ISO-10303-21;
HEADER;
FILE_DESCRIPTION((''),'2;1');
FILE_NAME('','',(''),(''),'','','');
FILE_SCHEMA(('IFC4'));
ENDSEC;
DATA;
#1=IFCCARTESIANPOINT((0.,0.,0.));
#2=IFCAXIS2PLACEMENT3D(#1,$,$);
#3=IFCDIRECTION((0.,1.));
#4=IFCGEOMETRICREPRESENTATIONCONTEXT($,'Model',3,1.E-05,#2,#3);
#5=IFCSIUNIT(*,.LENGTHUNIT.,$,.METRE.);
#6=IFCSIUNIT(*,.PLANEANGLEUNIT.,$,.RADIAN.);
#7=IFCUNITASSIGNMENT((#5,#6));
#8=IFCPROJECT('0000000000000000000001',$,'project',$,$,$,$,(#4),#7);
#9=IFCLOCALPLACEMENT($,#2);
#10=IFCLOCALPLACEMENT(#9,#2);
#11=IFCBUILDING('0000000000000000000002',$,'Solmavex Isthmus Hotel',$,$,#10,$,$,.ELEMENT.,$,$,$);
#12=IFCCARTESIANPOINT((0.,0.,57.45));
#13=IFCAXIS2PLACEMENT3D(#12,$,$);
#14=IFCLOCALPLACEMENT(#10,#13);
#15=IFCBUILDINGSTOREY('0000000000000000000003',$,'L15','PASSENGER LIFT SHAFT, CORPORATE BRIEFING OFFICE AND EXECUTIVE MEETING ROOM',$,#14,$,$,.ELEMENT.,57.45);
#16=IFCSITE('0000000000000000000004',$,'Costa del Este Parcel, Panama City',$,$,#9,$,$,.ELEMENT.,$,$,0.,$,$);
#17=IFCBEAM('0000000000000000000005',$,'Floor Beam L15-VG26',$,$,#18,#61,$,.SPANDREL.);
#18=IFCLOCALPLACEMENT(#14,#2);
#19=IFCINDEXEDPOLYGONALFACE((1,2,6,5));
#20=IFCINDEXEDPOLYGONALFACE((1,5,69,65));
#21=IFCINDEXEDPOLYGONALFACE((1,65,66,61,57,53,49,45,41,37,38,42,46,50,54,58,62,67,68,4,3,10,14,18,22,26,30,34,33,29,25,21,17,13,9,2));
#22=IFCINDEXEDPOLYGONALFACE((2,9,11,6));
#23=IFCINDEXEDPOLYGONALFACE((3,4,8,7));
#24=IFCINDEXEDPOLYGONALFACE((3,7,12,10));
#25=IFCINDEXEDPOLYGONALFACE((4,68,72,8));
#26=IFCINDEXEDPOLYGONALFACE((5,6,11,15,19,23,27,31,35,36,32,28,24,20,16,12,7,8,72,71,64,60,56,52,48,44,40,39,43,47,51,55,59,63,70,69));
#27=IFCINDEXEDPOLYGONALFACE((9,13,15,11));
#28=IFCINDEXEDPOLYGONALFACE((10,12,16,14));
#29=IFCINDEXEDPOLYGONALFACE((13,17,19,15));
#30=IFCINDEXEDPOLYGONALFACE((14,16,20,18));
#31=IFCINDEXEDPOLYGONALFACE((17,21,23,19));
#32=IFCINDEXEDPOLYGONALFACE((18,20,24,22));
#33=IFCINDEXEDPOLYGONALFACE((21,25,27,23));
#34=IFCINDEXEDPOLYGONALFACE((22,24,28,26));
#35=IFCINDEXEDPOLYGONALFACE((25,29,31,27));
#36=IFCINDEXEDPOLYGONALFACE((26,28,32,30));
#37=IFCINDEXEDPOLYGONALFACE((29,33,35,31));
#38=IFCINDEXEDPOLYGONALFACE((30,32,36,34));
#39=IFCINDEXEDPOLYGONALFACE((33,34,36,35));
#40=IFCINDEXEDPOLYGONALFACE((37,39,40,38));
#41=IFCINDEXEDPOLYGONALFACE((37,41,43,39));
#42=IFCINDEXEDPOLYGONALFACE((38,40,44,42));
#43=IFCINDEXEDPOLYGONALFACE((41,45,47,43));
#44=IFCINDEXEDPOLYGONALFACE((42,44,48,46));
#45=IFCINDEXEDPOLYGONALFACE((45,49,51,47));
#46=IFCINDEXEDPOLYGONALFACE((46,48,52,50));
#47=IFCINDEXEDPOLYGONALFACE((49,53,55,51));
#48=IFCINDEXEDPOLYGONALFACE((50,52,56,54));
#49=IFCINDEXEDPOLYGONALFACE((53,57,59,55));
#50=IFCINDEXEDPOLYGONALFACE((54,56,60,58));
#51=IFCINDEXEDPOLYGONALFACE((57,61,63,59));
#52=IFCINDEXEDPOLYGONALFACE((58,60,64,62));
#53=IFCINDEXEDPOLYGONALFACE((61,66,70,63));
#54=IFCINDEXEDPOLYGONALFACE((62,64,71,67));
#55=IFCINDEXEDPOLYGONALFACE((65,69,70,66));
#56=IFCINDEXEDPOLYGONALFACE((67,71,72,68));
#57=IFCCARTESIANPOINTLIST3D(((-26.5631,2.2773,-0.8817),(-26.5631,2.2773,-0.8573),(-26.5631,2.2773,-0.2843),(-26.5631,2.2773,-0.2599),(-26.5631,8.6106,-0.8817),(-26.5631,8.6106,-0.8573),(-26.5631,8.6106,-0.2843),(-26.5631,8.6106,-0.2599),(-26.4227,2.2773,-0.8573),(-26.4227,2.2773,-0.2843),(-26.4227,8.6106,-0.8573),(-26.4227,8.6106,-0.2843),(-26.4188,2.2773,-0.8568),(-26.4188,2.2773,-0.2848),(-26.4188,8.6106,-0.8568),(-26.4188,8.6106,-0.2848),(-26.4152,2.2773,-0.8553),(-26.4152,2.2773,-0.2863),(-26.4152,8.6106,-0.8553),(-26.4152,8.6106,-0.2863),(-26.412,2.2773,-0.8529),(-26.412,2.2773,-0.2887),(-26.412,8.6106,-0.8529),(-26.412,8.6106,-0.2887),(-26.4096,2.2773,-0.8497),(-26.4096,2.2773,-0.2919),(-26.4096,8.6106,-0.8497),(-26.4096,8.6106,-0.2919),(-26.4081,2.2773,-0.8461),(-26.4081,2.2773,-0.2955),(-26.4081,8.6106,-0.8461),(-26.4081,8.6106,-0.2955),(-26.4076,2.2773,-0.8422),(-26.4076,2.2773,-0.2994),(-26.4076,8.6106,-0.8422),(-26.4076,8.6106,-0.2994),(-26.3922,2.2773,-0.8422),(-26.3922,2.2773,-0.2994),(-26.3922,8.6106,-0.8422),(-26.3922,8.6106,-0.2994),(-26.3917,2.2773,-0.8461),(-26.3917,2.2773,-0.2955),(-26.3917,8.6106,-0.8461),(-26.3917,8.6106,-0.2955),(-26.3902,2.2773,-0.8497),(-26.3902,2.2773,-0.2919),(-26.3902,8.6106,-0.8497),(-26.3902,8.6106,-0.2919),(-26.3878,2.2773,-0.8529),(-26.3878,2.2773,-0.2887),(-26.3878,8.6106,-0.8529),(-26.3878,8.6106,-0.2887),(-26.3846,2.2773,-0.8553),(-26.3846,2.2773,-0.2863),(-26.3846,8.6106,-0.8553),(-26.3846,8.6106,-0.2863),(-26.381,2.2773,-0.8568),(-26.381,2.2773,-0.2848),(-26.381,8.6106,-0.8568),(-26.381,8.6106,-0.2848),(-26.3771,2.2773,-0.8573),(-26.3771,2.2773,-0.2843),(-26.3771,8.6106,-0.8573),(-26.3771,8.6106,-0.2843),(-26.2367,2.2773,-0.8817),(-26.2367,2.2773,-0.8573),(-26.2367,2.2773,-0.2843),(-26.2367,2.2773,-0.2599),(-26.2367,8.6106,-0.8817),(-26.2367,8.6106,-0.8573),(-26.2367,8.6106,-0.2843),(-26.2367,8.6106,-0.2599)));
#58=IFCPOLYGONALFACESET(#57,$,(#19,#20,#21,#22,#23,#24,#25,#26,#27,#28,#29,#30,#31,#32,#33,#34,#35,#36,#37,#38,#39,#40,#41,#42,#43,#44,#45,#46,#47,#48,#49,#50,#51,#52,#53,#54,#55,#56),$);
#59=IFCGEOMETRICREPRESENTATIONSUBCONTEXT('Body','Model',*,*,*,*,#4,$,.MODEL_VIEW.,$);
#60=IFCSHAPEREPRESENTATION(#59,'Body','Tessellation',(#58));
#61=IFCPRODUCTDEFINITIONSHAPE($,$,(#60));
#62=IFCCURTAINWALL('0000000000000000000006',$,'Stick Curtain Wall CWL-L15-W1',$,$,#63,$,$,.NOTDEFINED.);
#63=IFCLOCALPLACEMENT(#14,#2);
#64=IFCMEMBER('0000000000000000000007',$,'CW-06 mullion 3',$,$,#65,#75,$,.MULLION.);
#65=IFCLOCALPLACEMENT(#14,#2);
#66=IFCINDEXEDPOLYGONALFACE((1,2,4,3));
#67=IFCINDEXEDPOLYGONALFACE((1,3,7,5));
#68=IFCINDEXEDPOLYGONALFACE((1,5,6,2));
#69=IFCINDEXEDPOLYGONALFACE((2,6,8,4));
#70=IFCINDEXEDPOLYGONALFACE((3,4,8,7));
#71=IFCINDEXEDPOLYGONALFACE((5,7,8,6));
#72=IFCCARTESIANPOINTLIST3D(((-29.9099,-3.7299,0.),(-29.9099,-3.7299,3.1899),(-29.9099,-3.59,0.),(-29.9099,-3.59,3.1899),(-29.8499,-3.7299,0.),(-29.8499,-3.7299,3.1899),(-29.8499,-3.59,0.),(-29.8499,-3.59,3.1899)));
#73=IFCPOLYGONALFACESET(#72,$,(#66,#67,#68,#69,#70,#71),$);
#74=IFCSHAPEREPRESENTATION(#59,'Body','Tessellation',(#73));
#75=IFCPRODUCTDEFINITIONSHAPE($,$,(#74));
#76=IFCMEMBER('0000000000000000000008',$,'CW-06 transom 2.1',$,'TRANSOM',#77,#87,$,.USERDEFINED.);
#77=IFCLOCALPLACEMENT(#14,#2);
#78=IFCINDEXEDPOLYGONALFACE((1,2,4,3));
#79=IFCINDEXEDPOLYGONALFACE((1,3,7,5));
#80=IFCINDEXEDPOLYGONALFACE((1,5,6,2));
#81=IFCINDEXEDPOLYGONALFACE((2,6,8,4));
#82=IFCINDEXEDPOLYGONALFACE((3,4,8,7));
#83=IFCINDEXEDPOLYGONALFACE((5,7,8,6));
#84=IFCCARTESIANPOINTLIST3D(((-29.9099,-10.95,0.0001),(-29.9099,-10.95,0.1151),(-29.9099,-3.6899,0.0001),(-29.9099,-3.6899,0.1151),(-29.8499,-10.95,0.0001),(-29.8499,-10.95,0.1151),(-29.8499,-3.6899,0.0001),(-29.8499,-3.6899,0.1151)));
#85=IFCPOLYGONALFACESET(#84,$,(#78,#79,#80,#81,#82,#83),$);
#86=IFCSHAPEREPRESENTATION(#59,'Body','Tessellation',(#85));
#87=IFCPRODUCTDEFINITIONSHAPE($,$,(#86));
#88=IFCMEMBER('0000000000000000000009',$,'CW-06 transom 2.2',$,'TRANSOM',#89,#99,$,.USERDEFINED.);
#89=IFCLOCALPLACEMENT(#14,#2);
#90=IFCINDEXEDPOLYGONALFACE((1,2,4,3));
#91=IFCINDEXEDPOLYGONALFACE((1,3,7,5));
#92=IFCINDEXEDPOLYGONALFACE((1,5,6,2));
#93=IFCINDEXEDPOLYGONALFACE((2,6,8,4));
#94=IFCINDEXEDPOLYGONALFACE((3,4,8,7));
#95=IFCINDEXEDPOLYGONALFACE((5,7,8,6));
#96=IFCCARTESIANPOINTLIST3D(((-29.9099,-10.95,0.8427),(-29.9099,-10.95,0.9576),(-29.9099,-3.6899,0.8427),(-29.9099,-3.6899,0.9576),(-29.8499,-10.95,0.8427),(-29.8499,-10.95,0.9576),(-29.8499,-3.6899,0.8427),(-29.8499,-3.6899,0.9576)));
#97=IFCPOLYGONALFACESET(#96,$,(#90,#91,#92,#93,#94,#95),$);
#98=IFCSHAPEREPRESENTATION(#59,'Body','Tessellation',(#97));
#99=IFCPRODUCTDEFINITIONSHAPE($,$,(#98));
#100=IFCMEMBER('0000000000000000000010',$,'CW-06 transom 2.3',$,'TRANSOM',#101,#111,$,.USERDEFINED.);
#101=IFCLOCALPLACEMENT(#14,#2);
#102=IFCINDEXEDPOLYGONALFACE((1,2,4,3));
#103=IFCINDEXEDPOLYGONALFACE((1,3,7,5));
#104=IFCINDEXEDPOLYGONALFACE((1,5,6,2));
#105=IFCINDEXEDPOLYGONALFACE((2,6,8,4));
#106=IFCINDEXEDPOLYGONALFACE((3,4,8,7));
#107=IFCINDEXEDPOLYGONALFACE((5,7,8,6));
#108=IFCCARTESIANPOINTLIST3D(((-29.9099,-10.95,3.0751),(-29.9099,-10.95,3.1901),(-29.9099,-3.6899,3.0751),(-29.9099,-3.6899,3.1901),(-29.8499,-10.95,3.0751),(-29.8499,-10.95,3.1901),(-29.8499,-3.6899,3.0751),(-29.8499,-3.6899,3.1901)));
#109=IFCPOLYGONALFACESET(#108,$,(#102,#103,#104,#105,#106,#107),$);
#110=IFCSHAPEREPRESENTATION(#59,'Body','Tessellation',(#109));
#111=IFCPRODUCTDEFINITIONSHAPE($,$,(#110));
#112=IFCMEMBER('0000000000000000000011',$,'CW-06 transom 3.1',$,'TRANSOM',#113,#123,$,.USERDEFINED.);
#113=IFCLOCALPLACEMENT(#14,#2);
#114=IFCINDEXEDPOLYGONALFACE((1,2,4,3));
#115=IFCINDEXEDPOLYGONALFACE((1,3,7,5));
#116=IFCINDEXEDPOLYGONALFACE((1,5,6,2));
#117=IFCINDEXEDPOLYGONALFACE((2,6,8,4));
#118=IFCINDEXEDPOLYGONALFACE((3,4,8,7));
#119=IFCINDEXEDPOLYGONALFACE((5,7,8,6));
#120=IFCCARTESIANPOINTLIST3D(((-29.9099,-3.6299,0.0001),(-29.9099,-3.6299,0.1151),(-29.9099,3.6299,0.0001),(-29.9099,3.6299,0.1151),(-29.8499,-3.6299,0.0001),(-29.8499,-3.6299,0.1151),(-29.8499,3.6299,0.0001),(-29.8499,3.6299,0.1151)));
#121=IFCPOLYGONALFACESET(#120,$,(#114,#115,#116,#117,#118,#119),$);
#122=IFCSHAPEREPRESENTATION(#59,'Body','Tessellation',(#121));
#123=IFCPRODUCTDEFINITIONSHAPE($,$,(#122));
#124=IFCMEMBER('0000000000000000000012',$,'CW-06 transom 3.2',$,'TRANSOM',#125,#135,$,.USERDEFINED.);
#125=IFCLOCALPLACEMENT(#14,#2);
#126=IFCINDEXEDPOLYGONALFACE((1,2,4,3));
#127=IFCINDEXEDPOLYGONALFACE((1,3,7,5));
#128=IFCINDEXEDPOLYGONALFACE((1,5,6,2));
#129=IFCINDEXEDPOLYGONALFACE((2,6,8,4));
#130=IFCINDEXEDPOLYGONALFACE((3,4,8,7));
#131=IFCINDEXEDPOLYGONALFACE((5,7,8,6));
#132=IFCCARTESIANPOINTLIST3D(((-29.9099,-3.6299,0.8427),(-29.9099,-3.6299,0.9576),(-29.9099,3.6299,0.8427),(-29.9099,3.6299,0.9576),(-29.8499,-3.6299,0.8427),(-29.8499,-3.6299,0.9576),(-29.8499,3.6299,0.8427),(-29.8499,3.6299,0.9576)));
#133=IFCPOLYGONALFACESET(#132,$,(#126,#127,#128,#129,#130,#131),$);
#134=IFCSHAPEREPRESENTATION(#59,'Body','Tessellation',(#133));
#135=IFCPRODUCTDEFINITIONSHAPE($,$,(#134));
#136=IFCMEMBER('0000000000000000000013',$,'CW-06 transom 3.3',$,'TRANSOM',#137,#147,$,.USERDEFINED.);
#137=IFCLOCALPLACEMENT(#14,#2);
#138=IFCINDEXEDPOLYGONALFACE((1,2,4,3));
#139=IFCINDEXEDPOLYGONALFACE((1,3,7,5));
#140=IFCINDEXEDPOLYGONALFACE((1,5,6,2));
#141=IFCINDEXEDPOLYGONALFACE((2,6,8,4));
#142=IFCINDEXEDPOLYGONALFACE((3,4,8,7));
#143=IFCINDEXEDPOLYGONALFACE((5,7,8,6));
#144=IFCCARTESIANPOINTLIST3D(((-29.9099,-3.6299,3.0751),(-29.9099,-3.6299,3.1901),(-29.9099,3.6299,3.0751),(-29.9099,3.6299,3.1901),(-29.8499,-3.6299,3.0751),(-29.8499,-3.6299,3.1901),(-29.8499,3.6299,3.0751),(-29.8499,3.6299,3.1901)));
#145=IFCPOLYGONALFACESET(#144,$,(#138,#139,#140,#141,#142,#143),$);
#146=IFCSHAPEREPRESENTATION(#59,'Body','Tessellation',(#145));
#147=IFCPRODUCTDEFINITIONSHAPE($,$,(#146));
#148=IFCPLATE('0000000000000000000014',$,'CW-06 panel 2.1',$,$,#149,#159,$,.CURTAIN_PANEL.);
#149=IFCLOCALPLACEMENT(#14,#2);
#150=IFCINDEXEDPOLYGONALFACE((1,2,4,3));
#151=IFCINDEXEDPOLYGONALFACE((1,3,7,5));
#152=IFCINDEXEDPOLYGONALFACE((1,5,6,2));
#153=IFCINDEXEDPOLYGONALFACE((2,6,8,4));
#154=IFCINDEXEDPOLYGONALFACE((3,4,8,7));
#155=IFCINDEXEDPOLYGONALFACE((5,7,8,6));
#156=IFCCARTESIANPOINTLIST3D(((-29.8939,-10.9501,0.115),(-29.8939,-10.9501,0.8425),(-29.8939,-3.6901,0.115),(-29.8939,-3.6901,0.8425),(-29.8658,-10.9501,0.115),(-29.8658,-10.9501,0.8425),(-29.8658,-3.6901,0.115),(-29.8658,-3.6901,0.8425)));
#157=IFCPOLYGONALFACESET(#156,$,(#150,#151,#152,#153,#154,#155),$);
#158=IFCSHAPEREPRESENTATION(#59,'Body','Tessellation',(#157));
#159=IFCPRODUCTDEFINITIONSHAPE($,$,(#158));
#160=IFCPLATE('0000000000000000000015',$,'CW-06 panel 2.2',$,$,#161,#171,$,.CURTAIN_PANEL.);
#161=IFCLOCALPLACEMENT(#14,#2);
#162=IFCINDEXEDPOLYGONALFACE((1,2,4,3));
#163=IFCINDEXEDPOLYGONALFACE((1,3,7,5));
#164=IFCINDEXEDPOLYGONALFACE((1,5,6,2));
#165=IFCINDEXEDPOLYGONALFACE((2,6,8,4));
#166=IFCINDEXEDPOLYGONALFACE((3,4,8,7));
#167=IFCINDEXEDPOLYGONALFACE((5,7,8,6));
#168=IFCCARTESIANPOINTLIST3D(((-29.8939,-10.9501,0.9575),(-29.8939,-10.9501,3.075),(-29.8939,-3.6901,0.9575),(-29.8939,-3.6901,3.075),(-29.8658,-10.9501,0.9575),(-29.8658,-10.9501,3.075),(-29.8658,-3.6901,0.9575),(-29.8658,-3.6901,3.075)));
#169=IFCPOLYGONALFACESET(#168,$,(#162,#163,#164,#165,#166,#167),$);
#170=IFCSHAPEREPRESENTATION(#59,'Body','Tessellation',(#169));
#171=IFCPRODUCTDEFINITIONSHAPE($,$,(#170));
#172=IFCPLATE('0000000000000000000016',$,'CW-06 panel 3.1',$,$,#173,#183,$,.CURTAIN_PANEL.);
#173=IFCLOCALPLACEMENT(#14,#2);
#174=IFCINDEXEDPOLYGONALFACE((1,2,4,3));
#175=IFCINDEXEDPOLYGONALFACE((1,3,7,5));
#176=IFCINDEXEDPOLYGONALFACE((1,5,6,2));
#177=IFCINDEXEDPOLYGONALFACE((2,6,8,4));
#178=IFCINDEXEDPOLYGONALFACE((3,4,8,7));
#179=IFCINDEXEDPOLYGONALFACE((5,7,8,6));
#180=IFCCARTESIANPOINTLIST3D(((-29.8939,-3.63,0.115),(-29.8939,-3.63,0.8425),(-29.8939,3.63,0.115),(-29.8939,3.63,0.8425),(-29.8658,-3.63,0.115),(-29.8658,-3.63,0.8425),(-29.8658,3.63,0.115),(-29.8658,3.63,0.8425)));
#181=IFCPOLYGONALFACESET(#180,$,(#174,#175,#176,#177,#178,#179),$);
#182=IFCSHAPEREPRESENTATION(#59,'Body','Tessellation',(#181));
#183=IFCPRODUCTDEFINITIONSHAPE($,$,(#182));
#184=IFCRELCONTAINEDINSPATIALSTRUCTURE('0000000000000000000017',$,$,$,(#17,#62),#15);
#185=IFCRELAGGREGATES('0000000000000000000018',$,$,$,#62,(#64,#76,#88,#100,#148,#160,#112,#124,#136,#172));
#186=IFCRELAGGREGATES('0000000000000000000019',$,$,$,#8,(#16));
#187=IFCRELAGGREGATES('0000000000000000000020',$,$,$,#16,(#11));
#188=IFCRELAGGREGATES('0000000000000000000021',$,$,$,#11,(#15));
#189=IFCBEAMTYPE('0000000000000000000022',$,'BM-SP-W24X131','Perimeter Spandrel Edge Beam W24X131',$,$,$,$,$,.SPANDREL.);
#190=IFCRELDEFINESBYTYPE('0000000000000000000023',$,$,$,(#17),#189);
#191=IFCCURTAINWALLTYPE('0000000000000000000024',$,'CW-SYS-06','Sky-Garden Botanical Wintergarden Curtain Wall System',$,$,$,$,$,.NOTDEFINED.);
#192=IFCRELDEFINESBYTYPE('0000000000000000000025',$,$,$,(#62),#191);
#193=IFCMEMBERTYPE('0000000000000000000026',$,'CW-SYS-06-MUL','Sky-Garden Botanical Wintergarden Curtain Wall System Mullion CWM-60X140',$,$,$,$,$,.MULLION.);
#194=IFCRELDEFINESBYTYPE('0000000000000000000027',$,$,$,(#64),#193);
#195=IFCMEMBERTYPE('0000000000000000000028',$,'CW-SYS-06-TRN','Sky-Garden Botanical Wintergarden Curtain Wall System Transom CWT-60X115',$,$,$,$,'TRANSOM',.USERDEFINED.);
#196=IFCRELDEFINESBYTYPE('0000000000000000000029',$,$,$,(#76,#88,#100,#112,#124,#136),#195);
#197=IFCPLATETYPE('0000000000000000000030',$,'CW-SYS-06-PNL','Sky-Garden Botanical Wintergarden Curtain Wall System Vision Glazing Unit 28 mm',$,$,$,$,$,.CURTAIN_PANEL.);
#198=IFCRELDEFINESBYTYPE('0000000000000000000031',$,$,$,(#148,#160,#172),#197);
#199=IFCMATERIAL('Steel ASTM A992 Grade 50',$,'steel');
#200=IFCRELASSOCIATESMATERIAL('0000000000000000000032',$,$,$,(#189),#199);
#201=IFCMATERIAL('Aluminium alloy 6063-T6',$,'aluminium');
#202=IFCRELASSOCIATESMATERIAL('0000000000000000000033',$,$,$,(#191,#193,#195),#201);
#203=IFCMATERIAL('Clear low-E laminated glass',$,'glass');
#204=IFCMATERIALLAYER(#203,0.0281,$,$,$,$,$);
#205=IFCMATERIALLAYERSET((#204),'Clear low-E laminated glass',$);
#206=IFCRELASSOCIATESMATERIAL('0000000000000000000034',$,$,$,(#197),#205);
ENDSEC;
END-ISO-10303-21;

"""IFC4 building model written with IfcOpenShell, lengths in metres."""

from ifc_helpers import new_model, si_unit, direction, frame, origin, origin_2d, place, context, subcontext, project, spatial, rectangle, i_section, extrude, material, layer, layer_set, material_profile, profile_set, type_object, element, aggregate, save


model = new_model("IFC4")

# Units and contexts
model_context = context("Model", 3, precision=1e-05, world=origin(), true_north=direction((0.0, 1.0)))
body_context = subcontext(model_context, "Body", "Model", "MODEL_VIEW")
ifc_project = project(units=[si_unit("LENGTHUNIT", "METRE"), si_unit("PLANEANGLEUNIT", "RADIAN")], contexts=[model_context])

# Site, building, storey
site_placement = place(None, origin())
site = spatial("IfcSite", under=ifc_project, at=site_placement, Name="Costa del Este Parcel, Panama City", CompositionType="ELEMENT", RefElevation=0.0)
building_placement = place(site_placement, origin())
building = spatial("IfcBuilding", under=site, at=building_placement, Name="Solmavex Isthmus Hotel", CompositionType="ELEMENT")
storey_placement = place(building_placement, frame((0.0, 0.0, 57.45)))
storey = spatial("IfcBuildingStorey", under=building, at=storey_placement, Name="L15", Description="PASSENGER LIFT SHAFT, CORPORATE BRIEFING OFFICE AND EXECUTIVE MEETING ROOM", CompositionType="ELEMENT", Elevation=57.45)

# Beam
ifc_material_1 = material(Name="Steel ASTM A992 Grade 50", Category="steel")
ifc_material_profile_1 = material_profile(ifc_material_1, i_section(OverallWidth=0.3264, OverallDepth=0.6218, WebThickness=0.0154, FlangeThickness=0.0244, FilletRadius=0.0151, at=origin_2d()), Name="W24X131")
ifc_profile_set_1 = profile_set([ifc_material_profile_1], Name="Steel ASTM A992 Grade 50")
beam_type_1 = type_object("IfcBeamType", Name="BM-SP-W24X131", Description="Perimeter Spandrel Edge Beam W24X131", PredefinedType="SPANDREL", material=ifc_profile_set_1)
beam_1_placement = place(storey_placement, frame((-26.3999, 2.2773, -0.5708), z_axis=(0.0, 1.0, 0.0), x_axis=(-1.0, 0.0, 0.0)))
element("IfcBeam", 1, at=beam_1_placement, inside=storey, type_object=beam_type_1, Name="Floor Beam L15-VG26", PredefinedType="SPANDREL", context=body_context, shape_type="SweptSolid", body=[
    extrude(i_section(OverallWidth=0.3264, OverallDepth=0.6218, WebThickness=0.0154, FlangeThickness=0.0244, FilletRadius=0.0151, at=origin_2d()), origin(), (0.0, 0.0, 1.0), 6.3333),
])

# Curtain wall, members, plates
ifc_material_2 = material(Name="Aluminium alloy 6063-T6", Category="aluminium")
curtain_wall_type = type_object("IfcCurtainWallType", Name="CW-SYS-06", Description="Sky-Garden Botanical Wintergarden Curtain Wall System", PredefinedType="NOTDEFINED", material=ifc_material_2)
curtain_wall_placement = place(storey_placement, origin())
curtain_wall = element("IfcCurtainWall", 2, at=curtain_wall_placement, inside=storey, type_object=curtain_wall_type, Name="Stick Curtain Wall CWL-L15-W1", PredefinedType="NOTDEFINED")
ifc_material_profile_2 = material_profile(ifc_material_2, rectangle(XDim=0.0601, YDim=0.1399, at=origin_2d()), Name="CWM-60X140")
ifc_profile_set_2 = profile_set([ifc_material_profile_2], Name="Aluminium alloy 6063-T6")
member_type_1 = type_object("IfcMemberType", Name="CW-SYS-06-MUL", Description="Sky-Garden Botanical Wintergarden Curtain Wall System Mullion CWM-60X140", PredefinedType="MULLION", material=ifc_profile_set_2)
member_1_placement = place(storey_placement, frame((-29.8799, -3.6599, 0.0), z_axis=(0.0, 0.0, 1.0), x_axis=(-1.0, 0.0, 0.0)))
member_1 = element("IfcMember", 3, at=member_1_placement, type_object=member_type_1, Name="CW-06 mullion 3", PredefinedType="MULLION", context=body_context, shape_type="SweptSolid", body=[
    extrude(rectangle(XDim=0.0601, YDim=0.1399, at=origin_2d()), origin(), (0.0, 0.0, 1.0), 3.1899),
])
ifc_material_profile_3 = material_profile(ifc_material_2, rectangle(XDim=0.0601, YDim=0.115, at=origin_2d()), Name="CWT-60X115")
ifc_profile_set_3 = profile_set([ifc_material_profile_3], Name="Aluminium alloy 6063-T6")
member_type_2 = type_object("IfcMemberType", Name="CW-SYS-06-TRN", Description="Sky-Garden Botanical Wintergarden Curtain Wall System Transom CWT-60X115", ElementType="TRANSOM", PredefinedType="USERDEFINED", material=ifc_profile_set_3)
member_2_placement = place(storey_placement, frame((-29.8799, -10.95, 0.0576), z_axis=(0.0, 1.0, 0.0), x_axis=(-1.0, 0.0, 0.0)))
member_2 = element("IfcMember", 4, at=member_2_placement, type_object=member_type_2, Name="CW-06 transom 2.1", ObjectType="TRANSOM", PredefinedType="USERDEFINED", context=body_context, shape_type="SweptSolid", body=[
    extrude(rectangle(XDim=0.0601, YDim=0.115, at=origin_2d()), origin(), (0.0, 0.0, 1.0), 7.26),
])
member_3_placement = place(storey_placement, frame((-29.8799, -10.95, 0.9001), z_axis=(0.0, 1.0, 0.0), x_axis=(-1.0, 0.0, 0.0)))
member_3 = element("IfcMember", 5, at=member_3_placement, type_object=member_type_2, Name="CW-06 transom 2.2", ObjectType="TRANSOM", PredefinedType="USERDEFINED", context=body_context, shape_type="SweptSolid", body=[
    extrude(rectangle(XDim=0.0601, YDim=0.115, at=origin_2d()), origin(), (0.0, 0.0, 1.0), 7.26),
])
member_4_placement = place(storey_placement, frame((-29.8799, -10.95, 3.1326), z_axis=(0.0, 1.0, 0.0), x_axis=(-1.0, 0.0, 0.0)))
member_4 = element("IfcMember", 6, at=member_4_placement, type_object=member_type_2, Name="CW-06 transom 2.3", ObjectType="TRANSOM", PredefinedType="USERDEFINED", context=body_context, shape_type="SweptSolid", body=[
    extrude(rectangle(XDim=0.0601, YDim=0.115, at=origin_2d()), origin(), (0.0, 0.0, 1.0), 7.26),
])
member_5_placement = place(storey_placement, frame((-29.8799, -3.6299, 0.0576), z_axis=(0.0, 1.0, 0.0), x_axis=(-1.0, 0.0, 0.0)))
member_5 = element("IfcMember", 7, at=member_5_placement, type_object=member_type_2, Name="CW-06 transom 3.1", ObjectType="TRANSOM", PredefinedType="USERDEFINED", context=body_context, shape_type="SweptSolid", body=[
    extrude(rectangle(XDim=0.0601, YDim=0.115, at=origin_2d()), origin(), (0.0, 0.0, 1.0), 7.2598),
])
member_6_placement = place(storey_placement, frame((-29.8799, -3.6299, 0.9001), z_axis=(0.0, 1.0, 0.0), x_axis=(-1.0, 0.0, 0.0)))
member_6 = element("IfcMember", 8, at=member_6_placement, type_object=member_type_2, Name="CW-06 transom 3.2", ObjectType="TRANSOM", PredefinedType="USERDEFINED", context=body_context, shape_type="SweptSolid", body=[
    extrude(rectangle(XDim=0.0601, YDim=0.115, at=origin_2d()), origin(), (0.0, 0.0, 1.0), 7.2598),
])
member_7_placement = place(storey_placement, frame((-29.8799, -3.6299, 3.1326), z_axis=(0.0, 1.0, 0.0), x_axis=(-1.0, 0.0, 0.0)))
member_7 = element("IfcMember", 9, at=member_7_placement, type_object=member_type_2, Name="CW-06 transom 3.3", ObjectType="TRANSOM", PredefinedType="USERDEFINED", context=body_context, shape_type="SweptSolid", body=[
    extrude(rectangle(XDim=0.0601, YDim=0.115, at=origin_2d()), origin(), (0.0, 0.0, 1.0), 7.2598),
])
ifc_material_3 = material(Name="Clear low-E laminated glass", Category="glass")
ifc_layer_1 = layer(ifc_material_3, 0.0281)
ifc_layer_set_1 = layer_set([ifc_layer_1], Name="Clear low-E laminated glass")
plate_type = type_object("IfcPlateType", Name="CW-SYS-06-PNL", Description="Sky-Garden Botanical Wintergarden Curtain Wall System Vision Glazing Unit 28 mm", PredefinedType="CURTAIN_PANEL", material=ifc_layer_set_1)
plate_1_placement = place(storey_placement, frame((-29.8799, -7.3201, 0.115), z_axis=(0.0, 0.0, 1.0), x_axis=(0.0, 1.0, 0.0)))
plate_1 = element("IfcPlate", 10, at=plate_1_placement, type_object=plate_type, Name="CW-06 panel 2.1", PredefinedType="CURTAIN_PANEL", context=body_context, shape_type="SweptSolid", body=[
    extrude(rectangle(XDim=7.26, YDim=0.0281, at=origin_2d()), origin(), (0.0, 0.0, 1.0), 0.7275),
])
plate_2_placement = place(storey_placement, frame((-29.8799, -7.3201, 0.9575), z_axis=(0.0, 0.0, 1.0), x_axis=(0.0, 1.0, 0.0)))
plate_2 = element("IfcPlate", 11, at=plate_2_placement, type_object=plate_type, Name="CW-06 panel 2.2", PredefinedType="CURTAIN_PANEL", context=body_context, shape_type="SweptSolid", body=[
    extrude(rectangle(XDim=7.26, YDim=0.0281, at=origin_2d()), origin(), (0.0, 0.0, 1.0), 2.1174),
])
plate_3_placement = place(storey_placement, frame((-29.8799, 0.0, 0.115), z_axis=(0.0, 0.0, 1.0), x_axis=(0.0, 1.0, 0.0)))
plate_3 = element("IfcPlate", 12, at=plate_3_placement, type_object=plate_type, Name="CW-06 panel 3.1", PredefinedType="CURTAIN_PANEL", context=body_context, shape_type="SweptSolid", body=[
    extrude(rectangle(XDim=7.26, YDim=0.0281, at=origin_2d()), origin(), (0.0, 0.0, 1.0), 0.7275),
])
aggregate(curtain_wall, [member_1, member_2, member_3, member_4, plate_1, plate_2, member_5, member_6, member_7, plate_3])

save(model, "model.ifc")
